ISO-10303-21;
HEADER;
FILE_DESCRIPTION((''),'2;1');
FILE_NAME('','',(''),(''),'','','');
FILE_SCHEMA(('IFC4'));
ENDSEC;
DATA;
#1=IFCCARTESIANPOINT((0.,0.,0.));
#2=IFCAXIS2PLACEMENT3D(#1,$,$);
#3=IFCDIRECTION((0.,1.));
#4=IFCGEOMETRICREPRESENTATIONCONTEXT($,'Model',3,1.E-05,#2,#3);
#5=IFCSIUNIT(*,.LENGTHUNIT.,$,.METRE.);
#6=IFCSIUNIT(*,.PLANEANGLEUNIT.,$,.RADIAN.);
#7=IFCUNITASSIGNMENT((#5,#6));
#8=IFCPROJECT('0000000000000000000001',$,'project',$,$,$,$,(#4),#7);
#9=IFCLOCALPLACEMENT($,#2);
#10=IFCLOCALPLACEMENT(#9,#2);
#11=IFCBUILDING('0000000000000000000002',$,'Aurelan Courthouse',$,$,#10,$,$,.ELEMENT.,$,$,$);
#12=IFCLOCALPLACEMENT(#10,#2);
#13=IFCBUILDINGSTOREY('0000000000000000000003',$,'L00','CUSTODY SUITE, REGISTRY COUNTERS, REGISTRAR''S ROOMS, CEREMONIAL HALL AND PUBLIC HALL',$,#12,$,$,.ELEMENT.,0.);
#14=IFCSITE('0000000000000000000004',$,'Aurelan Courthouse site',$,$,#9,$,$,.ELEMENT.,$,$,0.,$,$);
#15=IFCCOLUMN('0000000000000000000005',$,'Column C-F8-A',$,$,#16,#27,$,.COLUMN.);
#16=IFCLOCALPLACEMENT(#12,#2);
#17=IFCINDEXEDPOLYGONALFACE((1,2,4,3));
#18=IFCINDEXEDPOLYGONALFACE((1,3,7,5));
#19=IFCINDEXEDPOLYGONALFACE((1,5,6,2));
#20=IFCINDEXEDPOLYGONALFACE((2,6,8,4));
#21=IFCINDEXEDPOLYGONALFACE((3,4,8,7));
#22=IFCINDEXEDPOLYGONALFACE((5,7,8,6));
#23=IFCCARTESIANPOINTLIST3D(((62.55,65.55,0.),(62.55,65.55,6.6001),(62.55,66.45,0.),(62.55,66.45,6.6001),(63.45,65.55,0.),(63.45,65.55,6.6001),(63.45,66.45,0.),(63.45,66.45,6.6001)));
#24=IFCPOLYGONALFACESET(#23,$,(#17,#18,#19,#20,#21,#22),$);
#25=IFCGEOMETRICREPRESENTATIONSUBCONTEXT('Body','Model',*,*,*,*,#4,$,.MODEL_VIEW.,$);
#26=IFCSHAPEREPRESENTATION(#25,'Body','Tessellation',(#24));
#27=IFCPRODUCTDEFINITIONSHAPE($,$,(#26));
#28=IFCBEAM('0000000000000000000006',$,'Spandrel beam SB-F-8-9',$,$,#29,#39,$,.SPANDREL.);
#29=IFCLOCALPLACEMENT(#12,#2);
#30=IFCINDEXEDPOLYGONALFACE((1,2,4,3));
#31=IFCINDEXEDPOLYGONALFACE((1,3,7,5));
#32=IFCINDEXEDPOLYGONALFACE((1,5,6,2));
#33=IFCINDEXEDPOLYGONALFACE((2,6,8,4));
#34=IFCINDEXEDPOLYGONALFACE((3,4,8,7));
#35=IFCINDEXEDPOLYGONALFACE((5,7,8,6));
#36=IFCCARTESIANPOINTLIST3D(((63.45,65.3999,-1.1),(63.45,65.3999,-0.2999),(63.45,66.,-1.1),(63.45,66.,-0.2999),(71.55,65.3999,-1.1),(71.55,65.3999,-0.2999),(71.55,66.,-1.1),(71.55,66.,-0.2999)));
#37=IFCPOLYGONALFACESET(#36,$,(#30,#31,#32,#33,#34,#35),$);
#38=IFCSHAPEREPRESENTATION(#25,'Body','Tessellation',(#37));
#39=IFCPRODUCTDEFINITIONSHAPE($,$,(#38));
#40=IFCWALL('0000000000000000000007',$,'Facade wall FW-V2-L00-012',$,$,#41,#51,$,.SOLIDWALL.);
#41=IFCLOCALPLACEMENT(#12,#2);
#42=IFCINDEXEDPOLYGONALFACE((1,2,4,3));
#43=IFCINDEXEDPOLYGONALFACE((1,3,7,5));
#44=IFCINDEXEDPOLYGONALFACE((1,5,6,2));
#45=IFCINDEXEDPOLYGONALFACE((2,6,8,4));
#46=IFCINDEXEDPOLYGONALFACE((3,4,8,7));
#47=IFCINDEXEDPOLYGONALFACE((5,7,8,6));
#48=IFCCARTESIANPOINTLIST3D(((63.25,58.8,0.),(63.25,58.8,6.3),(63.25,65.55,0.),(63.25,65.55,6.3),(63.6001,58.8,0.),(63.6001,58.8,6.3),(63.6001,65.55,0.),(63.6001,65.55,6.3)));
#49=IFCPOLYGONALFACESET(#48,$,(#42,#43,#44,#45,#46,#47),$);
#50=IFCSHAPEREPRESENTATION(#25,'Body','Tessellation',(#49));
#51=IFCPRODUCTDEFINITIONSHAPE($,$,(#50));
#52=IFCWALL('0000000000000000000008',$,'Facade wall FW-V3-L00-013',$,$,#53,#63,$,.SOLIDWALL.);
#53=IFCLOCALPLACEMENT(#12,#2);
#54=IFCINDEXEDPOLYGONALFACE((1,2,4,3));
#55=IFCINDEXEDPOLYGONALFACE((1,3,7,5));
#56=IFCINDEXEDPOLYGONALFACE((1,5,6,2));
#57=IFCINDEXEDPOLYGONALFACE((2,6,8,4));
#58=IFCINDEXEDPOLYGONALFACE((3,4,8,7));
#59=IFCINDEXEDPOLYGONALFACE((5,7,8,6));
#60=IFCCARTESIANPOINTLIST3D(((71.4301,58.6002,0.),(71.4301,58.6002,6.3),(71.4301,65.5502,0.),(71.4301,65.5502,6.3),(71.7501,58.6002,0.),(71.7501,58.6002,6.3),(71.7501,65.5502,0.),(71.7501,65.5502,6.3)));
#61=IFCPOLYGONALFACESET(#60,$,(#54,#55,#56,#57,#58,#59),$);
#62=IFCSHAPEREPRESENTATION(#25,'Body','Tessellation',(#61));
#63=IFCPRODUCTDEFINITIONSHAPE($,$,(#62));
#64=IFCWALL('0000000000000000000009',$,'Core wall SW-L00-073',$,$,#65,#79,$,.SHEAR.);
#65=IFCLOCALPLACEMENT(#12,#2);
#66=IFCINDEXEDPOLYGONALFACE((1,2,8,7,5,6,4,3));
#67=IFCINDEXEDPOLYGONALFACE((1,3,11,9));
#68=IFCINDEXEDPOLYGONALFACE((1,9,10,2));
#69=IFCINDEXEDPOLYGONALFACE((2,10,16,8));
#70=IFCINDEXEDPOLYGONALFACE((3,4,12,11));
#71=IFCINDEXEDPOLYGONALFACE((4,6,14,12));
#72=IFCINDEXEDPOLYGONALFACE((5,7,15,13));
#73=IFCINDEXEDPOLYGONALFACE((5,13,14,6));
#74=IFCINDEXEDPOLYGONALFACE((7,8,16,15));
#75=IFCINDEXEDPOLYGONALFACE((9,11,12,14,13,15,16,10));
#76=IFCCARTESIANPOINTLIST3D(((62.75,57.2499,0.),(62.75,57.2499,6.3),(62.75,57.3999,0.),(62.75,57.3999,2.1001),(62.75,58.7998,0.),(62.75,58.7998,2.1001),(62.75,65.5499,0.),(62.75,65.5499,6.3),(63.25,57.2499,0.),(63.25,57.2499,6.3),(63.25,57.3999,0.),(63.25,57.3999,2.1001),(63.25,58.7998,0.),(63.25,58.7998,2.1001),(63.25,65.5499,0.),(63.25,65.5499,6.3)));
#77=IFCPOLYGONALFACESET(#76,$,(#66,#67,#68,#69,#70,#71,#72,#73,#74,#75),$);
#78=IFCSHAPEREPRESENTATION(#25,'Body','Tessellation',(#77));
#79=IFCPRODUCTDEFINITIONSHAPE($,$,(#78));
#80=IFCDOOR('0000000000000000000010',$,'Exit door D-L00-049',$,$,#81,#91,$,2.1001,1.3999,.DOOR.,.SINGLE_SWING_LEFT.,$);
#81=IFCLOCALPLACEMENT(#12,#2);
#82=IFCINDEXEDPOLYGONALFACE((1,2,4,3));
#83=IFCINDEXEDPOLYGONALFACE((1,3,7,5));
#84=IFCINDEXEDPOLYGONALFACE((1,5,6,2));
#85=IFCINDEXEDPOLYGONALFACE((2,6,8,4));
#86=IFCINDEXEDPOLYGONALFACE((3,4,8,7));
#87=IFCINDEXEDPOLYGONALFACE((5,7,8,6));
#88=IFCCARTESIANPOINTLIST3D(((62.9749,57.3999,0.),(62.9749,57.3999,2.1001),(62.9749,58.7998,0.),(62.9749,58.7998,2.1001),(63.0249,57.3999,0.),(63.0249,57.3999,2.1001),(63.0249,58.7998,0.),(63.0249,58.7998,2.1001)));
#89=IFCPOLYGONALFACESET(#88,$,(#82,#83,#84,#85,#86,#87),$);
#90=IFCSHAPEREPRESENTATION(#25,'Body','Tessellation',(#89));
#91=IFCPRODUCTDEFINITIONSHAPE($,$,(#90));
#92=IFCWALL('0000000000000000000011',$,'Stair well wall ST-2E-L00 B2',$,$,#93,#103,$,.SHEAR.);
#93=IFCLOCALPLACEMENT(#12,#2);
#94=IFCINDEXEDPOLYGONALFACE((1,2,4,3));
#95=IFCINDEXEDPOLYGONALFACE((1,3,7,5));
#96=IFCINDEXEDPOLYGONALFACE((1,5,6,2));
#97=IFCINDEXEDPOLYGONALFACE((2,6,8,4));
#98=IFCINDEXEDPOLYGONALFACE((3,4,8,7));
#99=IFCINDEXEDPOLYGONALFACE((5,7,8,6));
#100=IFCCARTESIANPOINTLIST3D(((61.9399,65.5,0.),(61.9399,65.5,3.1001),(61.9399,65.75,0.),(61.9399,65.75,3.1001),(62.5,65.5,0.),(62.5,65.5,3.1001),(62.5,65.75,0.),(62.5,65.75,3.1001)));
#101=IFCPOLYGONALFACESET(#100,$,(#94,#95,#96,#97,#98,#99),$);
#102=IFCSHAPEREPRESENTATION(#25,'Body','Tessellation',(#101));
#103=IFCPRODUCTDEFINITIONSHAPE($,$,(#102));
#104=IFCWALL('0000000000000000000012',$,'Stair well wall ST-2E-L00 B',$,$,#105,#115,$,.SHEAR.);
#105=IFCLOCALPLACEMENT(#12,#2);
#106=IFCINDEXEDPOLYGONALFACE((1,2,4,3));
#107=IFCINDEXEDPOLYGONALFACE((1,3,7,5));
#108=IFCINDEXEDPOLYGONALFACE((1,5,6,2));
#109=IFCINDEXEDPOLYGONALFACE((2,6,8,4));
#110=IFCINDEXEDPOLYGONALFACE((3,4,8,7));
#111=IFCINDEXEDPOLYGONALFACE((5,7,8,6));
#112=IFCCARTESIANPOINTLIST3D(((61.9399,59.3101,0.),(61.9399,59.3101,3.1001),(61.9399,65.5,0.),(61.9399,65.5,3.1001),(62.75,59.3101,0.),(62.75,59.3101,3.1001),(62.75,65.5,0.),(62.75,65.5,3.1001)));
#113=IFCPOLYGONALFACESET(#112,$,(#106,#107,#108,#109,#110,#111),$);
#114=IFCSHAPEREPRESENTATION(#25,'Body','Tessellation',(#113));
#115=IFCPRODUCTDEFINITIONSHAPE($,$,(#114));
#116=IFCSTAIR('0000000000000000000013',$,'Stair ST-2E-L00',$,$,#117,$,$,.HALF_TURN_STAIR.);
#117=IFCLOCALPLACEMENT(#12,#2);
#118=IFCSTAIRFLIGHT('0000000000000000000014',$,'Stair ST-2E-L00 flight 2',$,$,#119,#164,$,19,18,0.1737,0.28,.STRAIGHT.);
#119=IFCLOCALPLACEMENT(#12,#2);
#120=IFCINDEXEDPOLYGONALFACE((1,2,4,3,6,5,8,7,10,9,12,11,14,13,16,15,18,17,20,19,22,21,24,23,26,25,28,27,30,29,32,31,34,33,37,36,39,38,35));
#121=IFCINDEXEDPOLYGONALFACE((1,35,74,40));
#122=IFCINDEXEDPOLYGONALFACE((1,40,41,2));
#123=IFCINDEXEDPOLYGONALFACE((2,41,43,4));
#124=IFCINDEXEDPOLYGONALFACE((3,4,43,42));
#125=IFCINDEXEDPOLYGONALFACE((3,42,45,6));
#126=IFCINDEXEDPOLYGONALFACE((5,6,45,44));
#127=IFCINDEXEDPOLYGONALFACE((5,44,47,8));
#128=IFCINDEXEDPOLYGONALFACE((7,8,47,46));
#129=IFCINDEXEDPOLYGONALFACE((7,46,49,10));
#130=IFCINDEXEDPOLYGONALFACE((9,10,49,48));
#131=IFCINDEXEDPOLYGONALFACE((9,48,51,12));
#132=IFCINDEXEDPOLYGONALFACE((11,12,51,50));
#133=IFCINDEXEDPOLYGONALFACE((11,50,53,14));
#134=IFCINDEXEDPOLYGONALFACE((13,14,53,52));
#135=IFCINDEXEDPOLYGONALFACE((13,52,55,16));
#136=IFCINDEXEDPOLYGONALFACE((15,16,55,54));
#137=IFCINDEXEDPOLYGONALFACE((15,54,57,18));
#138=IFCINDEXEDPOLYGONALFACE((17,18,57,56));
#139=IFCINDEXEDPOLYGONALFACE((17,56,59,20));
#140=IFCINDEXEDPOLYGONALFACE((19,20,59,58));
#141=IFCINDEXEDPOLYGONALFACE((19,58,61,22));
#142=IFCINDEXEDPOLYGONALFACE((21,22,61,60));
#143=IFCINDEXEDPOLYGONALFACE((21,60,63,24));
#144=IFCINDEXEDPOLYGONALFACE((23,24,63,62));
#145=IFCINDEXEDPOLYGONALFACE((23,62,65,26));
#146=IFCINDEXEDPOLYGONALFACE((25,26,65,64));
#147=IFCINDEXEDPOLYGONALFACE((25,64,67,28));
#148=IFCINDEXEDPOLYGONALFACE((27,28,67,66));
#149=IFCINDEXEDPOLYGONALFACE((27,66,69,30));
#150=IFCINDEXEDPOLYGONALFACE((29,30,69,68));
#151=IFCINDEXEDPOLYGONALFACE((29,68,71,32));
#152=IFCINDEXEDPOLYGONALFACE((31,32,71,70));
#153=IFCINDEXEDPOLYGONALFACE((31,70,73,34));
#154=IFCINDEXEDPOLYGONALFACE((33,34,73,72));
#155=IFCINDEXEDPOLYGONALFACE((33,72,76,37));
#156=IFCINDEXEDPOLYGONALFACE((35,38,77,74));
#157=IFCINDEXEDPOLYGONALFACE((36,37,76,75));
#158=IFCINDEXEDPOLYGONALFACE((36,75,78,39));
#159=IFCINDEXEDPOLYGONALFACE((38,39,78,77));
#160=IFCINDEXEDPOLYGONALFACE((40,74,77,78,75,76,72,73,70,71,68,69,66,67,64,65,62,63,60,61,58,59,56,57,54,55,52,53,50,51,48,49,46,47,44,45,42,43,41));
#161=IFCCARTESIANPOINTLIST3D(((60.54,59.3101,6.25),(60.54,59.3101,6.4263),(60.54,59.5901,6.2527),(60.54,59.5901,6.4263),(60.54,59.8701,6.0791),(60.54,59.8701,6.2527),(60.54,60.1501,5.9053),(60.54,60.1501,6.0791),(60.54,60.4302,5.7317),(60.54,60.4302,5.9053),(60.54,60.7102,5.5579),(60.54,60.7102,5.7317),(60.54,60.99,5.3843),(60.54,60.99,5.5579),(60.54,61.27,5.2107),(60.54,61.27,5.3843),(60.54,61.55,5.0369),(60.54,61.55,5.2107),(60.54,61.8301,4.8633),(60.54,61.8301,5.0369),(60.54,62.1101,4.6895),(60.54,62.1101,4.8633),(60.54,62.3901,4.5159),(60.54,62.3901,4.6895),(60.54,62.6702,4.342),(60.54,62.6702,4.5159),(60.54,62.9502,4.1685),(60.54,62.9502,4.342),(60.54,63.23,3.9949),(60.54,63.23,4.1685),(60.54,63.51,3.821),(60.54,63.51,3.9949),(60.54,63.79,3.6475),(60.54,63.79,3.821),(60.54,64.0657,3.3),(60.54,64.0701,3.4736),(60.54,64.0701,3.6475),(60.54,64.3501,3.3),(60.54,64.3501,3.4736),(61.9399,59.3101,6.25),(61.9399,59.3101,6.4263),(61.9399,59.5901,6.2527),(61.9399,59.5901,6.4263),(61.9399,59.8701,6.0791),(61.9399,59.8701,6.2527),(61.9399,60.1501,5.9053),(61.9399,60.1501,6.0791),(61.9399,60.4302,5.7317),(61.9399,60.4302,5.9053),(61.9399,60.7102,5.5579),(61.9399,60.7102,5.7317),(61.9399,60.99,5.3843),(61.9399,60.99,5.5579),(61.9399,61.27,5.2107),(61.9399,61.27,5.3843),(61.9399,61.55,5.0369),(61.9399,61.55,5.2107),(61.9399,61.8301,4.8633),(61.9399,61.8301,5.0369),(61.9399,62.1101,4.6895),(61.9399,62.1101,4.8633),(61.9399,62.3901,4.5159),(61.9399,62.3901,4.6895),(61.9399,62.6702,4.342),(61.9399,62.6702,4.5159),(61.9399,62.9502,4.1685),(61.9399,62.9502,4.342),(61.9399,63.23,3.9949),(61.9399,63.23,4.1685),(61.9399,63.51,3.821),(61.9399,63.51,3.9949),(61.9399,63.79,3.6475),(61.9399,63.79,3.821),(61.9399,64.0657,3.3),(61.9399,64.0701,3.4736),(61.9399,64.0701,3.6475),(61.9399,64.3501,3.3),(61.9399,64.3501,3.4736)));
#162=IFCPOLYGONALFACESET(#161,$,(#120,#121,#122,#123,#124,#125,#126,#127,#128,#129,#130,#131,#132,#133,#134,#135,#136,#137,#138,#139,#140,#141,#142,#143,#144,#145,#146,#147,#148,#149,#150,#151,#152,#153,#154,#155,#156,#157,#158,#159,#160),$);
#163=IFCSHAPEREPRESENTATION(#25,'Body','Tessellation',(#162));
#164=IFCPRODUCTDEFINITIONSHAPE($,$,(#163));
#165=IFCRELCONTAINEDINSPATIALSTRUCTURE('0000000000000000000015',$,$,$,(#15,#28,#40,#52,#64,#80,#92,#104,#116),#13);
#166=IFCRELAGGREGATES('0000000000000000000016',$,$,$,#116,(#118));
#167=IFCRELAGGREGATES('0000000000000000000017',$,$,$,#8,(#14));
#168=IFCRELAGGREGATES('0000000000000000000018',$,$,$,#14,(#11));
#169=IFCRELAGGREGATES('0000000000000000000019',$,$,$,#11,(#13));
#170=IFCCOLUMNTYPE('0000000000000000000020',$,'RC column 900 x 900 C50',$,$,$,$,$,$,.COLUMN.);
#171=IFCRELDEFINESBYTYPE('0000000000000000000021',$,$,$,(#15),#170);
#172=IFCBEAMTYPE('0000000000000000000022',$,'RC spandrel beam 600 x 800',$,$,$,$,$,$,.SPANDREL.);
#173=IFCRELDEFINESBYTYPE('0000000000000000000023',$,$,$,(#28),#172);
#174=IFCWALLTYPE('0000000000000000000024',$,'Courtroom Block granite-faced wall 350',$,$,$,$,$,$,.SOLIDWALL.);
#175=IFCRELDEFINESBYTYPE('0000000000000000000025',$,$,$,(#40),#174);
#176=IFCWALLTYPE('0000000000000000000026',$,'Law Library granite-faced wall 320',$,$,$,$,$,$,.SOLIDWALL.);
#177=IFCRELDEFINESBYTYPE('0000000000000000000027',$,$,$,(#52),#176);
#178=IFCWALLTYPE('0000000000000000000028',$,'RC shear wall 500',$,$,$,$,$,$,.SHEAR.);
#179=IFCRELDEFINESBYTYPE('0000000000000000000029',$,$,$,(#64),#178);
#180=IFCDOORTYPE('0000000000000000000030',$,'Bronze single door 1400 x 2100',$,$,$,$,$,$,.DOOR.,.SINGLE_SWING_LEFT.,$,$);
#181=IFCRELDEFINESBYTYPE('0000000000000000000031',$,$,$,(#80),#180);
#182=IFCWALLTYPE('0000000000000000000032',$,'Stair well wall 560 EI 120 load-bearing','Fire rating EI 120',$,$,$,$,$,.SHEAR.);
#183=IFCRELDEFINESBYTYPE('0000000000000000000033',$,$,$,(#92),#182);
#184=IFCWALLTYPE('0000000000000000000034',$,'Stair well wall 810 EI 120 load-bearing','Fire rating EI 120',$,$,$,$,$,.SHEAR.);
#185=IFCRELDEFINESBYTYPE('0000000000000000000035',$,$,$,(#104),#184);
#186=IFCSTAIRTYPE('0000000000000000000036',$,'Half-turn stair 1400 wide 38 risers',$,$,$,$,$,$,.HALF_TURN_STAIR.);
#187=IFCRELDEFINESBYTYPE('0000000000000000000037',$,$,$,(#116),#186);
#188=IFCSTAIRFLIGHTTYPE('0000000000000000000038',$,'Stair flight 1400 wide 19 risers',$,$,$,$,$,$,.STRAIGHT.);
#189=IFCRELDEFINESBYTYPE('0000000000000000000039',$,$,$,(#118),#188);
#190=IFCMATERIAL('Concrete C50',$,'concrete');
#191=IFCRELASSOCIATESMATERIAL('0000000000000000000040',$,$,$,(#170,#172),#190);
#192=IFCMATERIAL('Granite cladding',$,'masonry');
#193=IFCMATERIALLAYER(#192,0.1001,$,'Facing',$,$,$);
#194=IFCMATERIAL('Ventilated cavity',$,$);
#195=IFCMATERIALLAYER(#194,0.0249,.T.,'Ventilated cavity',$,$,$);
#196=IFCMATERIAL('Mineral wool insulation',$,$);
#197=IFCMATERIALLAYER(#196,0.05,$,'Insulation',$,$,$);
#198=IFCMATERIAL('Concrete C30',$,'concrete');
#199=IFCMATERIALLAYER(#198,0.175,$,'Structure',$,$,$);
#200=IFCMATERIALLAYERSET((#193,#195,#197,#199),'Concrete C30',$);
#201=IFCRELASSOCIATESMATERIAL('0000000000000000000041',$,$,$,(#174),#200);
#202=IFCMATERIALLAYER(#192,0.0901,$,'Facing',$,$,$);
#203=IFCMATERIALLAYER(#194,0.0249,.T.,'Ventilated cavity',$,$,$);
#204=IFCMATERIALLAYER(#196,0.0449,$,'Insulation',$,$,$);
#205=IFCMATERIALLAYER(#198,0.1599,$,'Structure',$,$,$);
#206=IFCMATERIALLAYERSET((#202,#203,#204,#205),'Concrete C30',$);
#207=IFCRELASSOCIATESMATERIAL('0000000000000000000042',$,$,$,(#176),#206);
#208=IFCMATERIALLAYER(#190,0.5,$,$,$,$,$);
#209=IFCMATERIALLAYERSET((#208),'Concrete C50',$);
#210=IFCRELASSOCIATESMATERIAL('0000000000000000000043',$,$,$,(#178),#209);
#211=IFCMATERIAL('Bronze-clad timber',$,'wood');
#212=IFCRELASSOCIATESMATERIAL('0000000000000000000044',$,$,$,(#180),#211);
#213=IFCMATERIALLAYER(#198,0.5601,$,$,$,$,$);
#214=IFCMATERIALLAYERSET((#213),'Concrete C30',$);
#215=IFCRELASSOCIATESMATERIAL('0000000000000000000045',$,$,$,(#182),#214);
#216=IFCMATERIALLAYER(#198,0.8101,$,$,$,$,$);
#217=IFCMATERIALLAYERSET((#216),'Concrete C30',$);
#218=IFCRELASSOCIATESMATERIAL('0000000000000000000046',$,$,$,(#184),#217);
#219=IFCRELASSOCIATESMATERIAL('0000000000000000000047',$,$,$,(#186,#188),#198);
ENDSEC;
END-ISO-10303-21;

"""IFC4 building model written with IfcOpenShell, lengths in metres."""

from ifc_helpers import new_model, si_unit, direction, frame, frame_2d, origin, origin_2d, place, context, subcontext, project, spatial, polyline, rectangle, outline, extrude, material, layer, layer_set, material_profile, profile_set, type_object, element, fill, aggregate, save


model = new_model("IFC4")

# Units and contexts
model_context = context("Model", 3, precision=1e-05, world=origin(), true_north=direction((0.0, 1.0)))
body_context = subcontext(model_context, "Body", "Model", "MODEL_VIEW")
ifc_project = project(units=[si_unit("LENGTHUNIT", "METRE"), si_unit("PLANEANGLEUNIT", "RADIAN")], contexts=[model_context])

# Site, building, storey
site_placement = place(None, origin())
site = spatial("IfcSite", under=ifc_project, at=site_placement, Name="Aurelan Courthouse site", CompositionType="ELEMENT", RefElevation=0.0)
building_placement = place(site_placement, origin())
building = spatial("IfcBuilding", under=site, at=building_placement, Name="Aurelan Courthouse", CompositionType="ELEMENT")
storey_placement = place(building_placement, origin())
storey = spatial("IfcBuildingStorey", under=building, at=storey_placement, Name="L00", Description="CUSTODY SUITE, REGISTRY COUNTERS, REGISTRAR'S ROOMS, CEREMONIAL HALL AND PUBLIC HALL", CompositionType="ELEMENT", Elevation=0.0)

# Column
ifc_material_1 = material(Name="Concrete C50", Category="concrete")
ifc_material_profile_1 = material_profile(ifc_material_1, rectangle(XDim=0.8999, YDim=0.8999, at=origin_2d()), Name="RC 900 x 900")
ifc_profile_set_1 = profile_set([ifc_material_profile_1], Name="Concrete C50")
column_type = type_object("IfcColumnType", Name="RC column 900 x 900 C50", PredefinedType="COLUMN", material=ifc_profile_set_1)
column_placement = place(storey_placement, frame((63.0, 66.0, 0.0), z_axis=(0.0, 0.0, 1.0), x_axis=(1.0, 0.0, 0.0)))
element("IfcColumn", 1, at=column_placement, inside=storey, type_object=column_type, Name="Column C-F8-A", PredefinedType="COLUMN", context=body_context, shape_type="SweptSolid", body=[
    extrude(rectangle(XDim=0.8999, YDim=0.8999, at=origin_2d()), origin(), (0.0, 0.0, 1.0), 6.6001),
])

# Beam
ifc_material_profile_2 = material_profile(ifc_material_1, rectangle(XDim=0.6001, YDim=0.8, at=origin_2d()), Name="RC 600 x 800")
ifc_profile_set_2 = profile_set([ifc_material_profile_2], Name="Concrete C50")
beam_type = type_object("IfcBeamType", Name="RC spandrel beam 600 x 800", PredefinedType="SPANDREL", material=ifc_profile_set_2)
beam_placement = place(storey_placement, frame((63.45, 65.7, -0.7), z_axis=(1.0, 0.0, 0.0), x_axis=(0.0, 1.0, 0.0)))
element("IfcBeam", 2, at=beam_placement, inside=storey, type_object=beam_type, Name="Spandrel beam SB-F-8-9", PredefinedType="SPANDREL", context=body_context, shape_type="SweptSolid", body=[
    extrude(rectangle(XDim=0.6001, YDim=0.8, at=origin_2d()), origin(), (0.0, 0.0, 1.0), 8.1001),
])

# Walls
ifc_material_2 = material(Name="Granite cladding", Category="masonry")
ifc_layer_1 = layer(ifc_material_2, 0.1001, Name="Facing")
ifc_material_3 = material(Name="Ventilated cavity")
ifc_layer_2 = layer(ifc_material_3, 0.0249, ventilated=True, Name="Ventilated cavity")
ifc_material_4 = material(Name="Mineral wool insulation")
ifc_layer_3 = layer(ifc_material_4, 0.05, Name="Insulation")
ifc_material_5 = material(Name="Concrete C30", Category="concrete")
ifc_layer_4 = layer(ifc_material_5, 0.175, Name="Structure")
ifc_layer_set_1 = layer_set([ifc_layer_1, ifc_layer_2, ifc_layer_3, ifc_layer_4], Name="Concrete C30")
wall_type_1 = type_object("IfcWallType", Name="Courtroom Block granite-faced wall 350", PredefinedType="SOLIDWALL", material=ifc_layer_set_1)
wall_1_placement = place(storey_placement, frame((63.425, 58.8, 0.0), z_axis=(0.0, 0.0, 1.0), x_axis=(0.0, 1.0, 0.0)))
element("IfcWall", 3, at=wall_1_placement, inside=storey, type_object=wall_type_1, Name="Facade wall FW-V2-L00-012", PredefinedType="SOLIDWALL", context=body_context, shape_type="SweptSolid", body=[
    extrude(rectangle(XDim=6.75, YDim=0.3501, at=frame_2d((3.375, 0.0))), origin(), (0.0, 0.0, 1.0), 6.3),
])
ifc_layer_5 = layer(ifc_material_2, 0.0901, Name="Facing")
ifc_layer_6 = layer(ifc_material_3, 0.0249, ventilated=True, Name="Ventilated cavity")
ifc_layer_7 = layer(ifc_material_4, 0.0449, Name="Insulation")
ifc_layer_8 = layer(ifc_material_5, 0.1599, Name="Structure")
ifc_layer_set_2 = layer_set([ifc_layer_5, ifc_layer_6, ifc_layer_7, ifc_layer_8], Name="Concrete C30")
wall_type_2 = type_object("IfcWallType", Name="Law Library granite-faced wall 320", PredefinedType="SOLIDWALL", material=ifc_layer_set_2)
wall_2_placement = place(storey_placement, frame((71.5901, 58.6001, 0.0), z_axis=(0.0, 0.0, 1.0), x_axis=(0.0, 1.0, 0.0)))
element("IfcWall", 4, at=wall_2_placement, inside=storey, type_object=wall_type_2, Name="Facade wall FW-V3-L00-013", PredefinedType="SOLIDWALL", context=body_context, shape_type="SweptSolid", body=[
    extrude(rectangle(XDim=6.95, YDim=0.3201, at=frame_2d((3.4751, 0.0))), origin(), (0.0, 0.0, 1.0), 6.3),
])

# Wall, opening, door
ifc_layer_9 = layer(ifc_material_1, 0.5)
ifc_layer_set_3 = layer_set([ifc_layer_9], Name="Concrete C50")
wall_type_3 = type_object("IfcWallType", Name="RC shear wall 500", PredefinedType="SHEAR", material=ifc_layer_set_3)
wall_3_placement = place(storey_placement, frame((63.0, 57.25, 0.0), z_axis=(0.0, 0.0, 1.0), x_axis=(0.0, 1.0, 0.0)))
wall_3 = element("IfcWall", 5, at=wall_3_placement, inside=storey, type_object=wall_type_3, Name="Core wall SW-L00-073", PredefinedType="SHEAR", context=body_context, shape_type="SweptSolid", body=[
    extrude(rectangle(XDim=8.3, YDim=0.5, at=frame_2d((4.1499, 0.0))), origin(), (0.0, 0.0, 1.0), 6.3),
])
opening_placement = place(wall_3_placement, frame((1.5498, 0.0, 0.0), z_axis=(0.0, 0.0, 1.0), x_axis=(-1.0, 0.0, 0.0)))
opening = element("IfcOpeningElement", 6, at=opening_placement, cuts=wall_3, PredefinedType="OPENING", context=body_context, shape_type="SweptSolid", body=[
    extrude(rectangle(XDim=1.3999, YDim=2.1001, at=frame_2d((0.7, 1.05))), frame((0.0, 0.26, 0.0), z_axis=(0.0, -1.0, 0.0), x_axis=(1.0, 0.0, 0.0)), (0.0, 0.0, 1.0), 0.52),
])
ifc_material_6 = material(Name="Bronze-clad timber", Category="wood")
door_type = type_object("IfcDoorType", Name="Bronze single door 1400 x 2100", OperationType="SINGLE_SWING_LEFT", PredefinedType="DOOR", material=ifc_material_6)
door_placement = place(opening_placement, origin())
door = element("IfcDoor", 7, at=door_placement, inside=storey, type_object=door_type, Name="Exit door D-L00-049", OperationType="SINGLE_SWING_LEFT", OverallHeight=2.1001, OverallWidth=1.3999, PredefinedType="DOOR", context=body_context, shape_type="SweptSolid", body=[
    extrude(rectangle(XDim=1.3999, YDim=2.1001, at=frame_2d((0.7, 1.05))), frame((0.0, 0.0249, 0.0), z_axis=(0.0, -1.0, 0.0), x_axis=(1.0, 0.0, 0.0)), (0.0, 0.0, 1.0), 0.05),
])
fill(opening, door)

# Walls
ifc_layer_10 = layer(ifc_material_5, 0.5601)
ifc_layer_set_4 = layer_set([ifc_layer_10], Name="Concrete C30")
wall_type_4 = type_object("IfcWallType", Name="Stair well wall 560 EI 120 load-bearing", Description="Fire rating EI 120", PredefinedType="SHEAR", material=ifc_layer_set_4)
wall_4_placement = place(storey_placement, frame((62.22, 65.5, 0.0), z_axis=(0.0, 0.0, 1.0), x_axis=(0.0, 1.0, 0.0)))
element("IfcWall", 8, at=wall_4_placement, inside=storey, type_object=wall_type_4, Name="Stair well wall ST-2E-L00 B2", PredefinedType="SHEAR", context=body_context, shape_type="SweptSolid", body=[
    extrude(rectangle(XDim=0.25, YDim=0.5601, at=frame_2d((0.125, 0.0))), origin(), (0.0, 0.0, 1.0), 3.1001),
])
ifc_layer_11 = layer(ifc_material_5, 0.8101)
ifc_layer_set_5 = layer_set([ifc_layer_11], Name="Concrete C30")
wall_type_5 = type_object("IfcWallType", Name="Stair well wall 810 EI 120 load-bearing", Description="Fire rating EI 120", PredefinedType="SHEAR", material=ifc_layer_set_5)
wall_5_placement = place(storey_placement, frame((62.345, 59.3101, 0.0), z_axis=(0.0, 0.0, 1.0), x_axis=(0.0, 1.0, 0.0)))
element("IfcWall", 9, at=wall_5_placement, inside=storey, type_object=wall_type_5, Name="Stair well wall ST-2E-L00 B", PredefinedType="SHEAR", context=body_context, shape_type="SweptSolid", body=[
    extrude(rectangle(XDim=6.1899, YDim=0.8101, at=frame_2d((3.095, 0.0))), origin(), (0.0, 0.0, 1.0), 3.1001),
])

# Stair, stair flight
stair_type = type_object("IfcStairType", Name="Half-turn stair 1400 wide 38 risers", PredefinedType="HALF_TURN_STAIR", material=ifc_material_5)
stair_placement = place(storey_placement, origin())
stair = element("IfcStair", 10, at=stair_placement, inside=storey, type_object=stair_type, Name="Stair ST-2E-L00", PredefinedType="HALF_TURN_STAIR")
stair_flight_type = type_object("IfcStairFlightType", Name="Stair flight 1400 wide 19 risers", PredefinedType="STRAIGHT", material=ifc_material_5)
stair_flight_placement = place(storey_placement, frame((61.24, 64.3501, 3.3), z_axis=(0.0, 0.0, 1.0), x_axis=(0.0, -1.0, 0.0)))
stair_flight = element("IfcStairFlight", 11, at=stair_flight_placement, type_object=stair_flight_type, Name="Stair ST-2E-L00 flight 2", NumberOfRisers=19, NumberOfTreads=18, PredefinedType="STRAIGHT", RiserHeight=0.1737, TreadLength=0.28, context=body_context, shape_type="SweptSolid", body=[
    extrude(outline(polyline([(0.0, 0.0), (0.0, 0.1736), (0.28, 0.1736), (0.28, 0.3474), (0.5601, 0.3474), (0.5601, 0.521), (0.8401, 0.521), (0.8401, 0.6948), (1.1201, 0.6948), (1.1201, 0.8684), (1.3999, 0.8684), (1.3999, 1.042), (1.6799, 1.042), (1.6799, 1.2158), (1.96, 1.2158), (1.96, 1.3894), (2.24, 1.3894), (2.24, 1.5632), (2.52, 1.5632), (2.52, 1.7368), (2.8, 1.7368), (2.8, 1.9106), (3.0801, 1.9106), (3.0801, 2.0842), (3.3601, 2.0842), (3.3601, 2.2578), (3.6399, 2.2578), (3.6399, 2.4316), (3.9199, 2.4316), (3.9199, 2.6052), (4.2, 2.6052), (4.2, 2.7791), (4.48, 2.7791), (4.48, 2.9526), (4.76, 2.9526), (4.76, 3.1262), (5.04, 3.1262), (5.04, 3.3), (5.04, 2.95), (0.2844, 0.0), (0.0, 0.0)])), frame((0.0, 0.7, 0.0), z_axis=(0.0, -1.0, 0.0), x_axis=(1.0, 0.0, 0.0)), (0.0, 0.0, 1.0), 1.3999),
])
aggregate(stair, [stair_flight])

save(model, "model.ifc")
